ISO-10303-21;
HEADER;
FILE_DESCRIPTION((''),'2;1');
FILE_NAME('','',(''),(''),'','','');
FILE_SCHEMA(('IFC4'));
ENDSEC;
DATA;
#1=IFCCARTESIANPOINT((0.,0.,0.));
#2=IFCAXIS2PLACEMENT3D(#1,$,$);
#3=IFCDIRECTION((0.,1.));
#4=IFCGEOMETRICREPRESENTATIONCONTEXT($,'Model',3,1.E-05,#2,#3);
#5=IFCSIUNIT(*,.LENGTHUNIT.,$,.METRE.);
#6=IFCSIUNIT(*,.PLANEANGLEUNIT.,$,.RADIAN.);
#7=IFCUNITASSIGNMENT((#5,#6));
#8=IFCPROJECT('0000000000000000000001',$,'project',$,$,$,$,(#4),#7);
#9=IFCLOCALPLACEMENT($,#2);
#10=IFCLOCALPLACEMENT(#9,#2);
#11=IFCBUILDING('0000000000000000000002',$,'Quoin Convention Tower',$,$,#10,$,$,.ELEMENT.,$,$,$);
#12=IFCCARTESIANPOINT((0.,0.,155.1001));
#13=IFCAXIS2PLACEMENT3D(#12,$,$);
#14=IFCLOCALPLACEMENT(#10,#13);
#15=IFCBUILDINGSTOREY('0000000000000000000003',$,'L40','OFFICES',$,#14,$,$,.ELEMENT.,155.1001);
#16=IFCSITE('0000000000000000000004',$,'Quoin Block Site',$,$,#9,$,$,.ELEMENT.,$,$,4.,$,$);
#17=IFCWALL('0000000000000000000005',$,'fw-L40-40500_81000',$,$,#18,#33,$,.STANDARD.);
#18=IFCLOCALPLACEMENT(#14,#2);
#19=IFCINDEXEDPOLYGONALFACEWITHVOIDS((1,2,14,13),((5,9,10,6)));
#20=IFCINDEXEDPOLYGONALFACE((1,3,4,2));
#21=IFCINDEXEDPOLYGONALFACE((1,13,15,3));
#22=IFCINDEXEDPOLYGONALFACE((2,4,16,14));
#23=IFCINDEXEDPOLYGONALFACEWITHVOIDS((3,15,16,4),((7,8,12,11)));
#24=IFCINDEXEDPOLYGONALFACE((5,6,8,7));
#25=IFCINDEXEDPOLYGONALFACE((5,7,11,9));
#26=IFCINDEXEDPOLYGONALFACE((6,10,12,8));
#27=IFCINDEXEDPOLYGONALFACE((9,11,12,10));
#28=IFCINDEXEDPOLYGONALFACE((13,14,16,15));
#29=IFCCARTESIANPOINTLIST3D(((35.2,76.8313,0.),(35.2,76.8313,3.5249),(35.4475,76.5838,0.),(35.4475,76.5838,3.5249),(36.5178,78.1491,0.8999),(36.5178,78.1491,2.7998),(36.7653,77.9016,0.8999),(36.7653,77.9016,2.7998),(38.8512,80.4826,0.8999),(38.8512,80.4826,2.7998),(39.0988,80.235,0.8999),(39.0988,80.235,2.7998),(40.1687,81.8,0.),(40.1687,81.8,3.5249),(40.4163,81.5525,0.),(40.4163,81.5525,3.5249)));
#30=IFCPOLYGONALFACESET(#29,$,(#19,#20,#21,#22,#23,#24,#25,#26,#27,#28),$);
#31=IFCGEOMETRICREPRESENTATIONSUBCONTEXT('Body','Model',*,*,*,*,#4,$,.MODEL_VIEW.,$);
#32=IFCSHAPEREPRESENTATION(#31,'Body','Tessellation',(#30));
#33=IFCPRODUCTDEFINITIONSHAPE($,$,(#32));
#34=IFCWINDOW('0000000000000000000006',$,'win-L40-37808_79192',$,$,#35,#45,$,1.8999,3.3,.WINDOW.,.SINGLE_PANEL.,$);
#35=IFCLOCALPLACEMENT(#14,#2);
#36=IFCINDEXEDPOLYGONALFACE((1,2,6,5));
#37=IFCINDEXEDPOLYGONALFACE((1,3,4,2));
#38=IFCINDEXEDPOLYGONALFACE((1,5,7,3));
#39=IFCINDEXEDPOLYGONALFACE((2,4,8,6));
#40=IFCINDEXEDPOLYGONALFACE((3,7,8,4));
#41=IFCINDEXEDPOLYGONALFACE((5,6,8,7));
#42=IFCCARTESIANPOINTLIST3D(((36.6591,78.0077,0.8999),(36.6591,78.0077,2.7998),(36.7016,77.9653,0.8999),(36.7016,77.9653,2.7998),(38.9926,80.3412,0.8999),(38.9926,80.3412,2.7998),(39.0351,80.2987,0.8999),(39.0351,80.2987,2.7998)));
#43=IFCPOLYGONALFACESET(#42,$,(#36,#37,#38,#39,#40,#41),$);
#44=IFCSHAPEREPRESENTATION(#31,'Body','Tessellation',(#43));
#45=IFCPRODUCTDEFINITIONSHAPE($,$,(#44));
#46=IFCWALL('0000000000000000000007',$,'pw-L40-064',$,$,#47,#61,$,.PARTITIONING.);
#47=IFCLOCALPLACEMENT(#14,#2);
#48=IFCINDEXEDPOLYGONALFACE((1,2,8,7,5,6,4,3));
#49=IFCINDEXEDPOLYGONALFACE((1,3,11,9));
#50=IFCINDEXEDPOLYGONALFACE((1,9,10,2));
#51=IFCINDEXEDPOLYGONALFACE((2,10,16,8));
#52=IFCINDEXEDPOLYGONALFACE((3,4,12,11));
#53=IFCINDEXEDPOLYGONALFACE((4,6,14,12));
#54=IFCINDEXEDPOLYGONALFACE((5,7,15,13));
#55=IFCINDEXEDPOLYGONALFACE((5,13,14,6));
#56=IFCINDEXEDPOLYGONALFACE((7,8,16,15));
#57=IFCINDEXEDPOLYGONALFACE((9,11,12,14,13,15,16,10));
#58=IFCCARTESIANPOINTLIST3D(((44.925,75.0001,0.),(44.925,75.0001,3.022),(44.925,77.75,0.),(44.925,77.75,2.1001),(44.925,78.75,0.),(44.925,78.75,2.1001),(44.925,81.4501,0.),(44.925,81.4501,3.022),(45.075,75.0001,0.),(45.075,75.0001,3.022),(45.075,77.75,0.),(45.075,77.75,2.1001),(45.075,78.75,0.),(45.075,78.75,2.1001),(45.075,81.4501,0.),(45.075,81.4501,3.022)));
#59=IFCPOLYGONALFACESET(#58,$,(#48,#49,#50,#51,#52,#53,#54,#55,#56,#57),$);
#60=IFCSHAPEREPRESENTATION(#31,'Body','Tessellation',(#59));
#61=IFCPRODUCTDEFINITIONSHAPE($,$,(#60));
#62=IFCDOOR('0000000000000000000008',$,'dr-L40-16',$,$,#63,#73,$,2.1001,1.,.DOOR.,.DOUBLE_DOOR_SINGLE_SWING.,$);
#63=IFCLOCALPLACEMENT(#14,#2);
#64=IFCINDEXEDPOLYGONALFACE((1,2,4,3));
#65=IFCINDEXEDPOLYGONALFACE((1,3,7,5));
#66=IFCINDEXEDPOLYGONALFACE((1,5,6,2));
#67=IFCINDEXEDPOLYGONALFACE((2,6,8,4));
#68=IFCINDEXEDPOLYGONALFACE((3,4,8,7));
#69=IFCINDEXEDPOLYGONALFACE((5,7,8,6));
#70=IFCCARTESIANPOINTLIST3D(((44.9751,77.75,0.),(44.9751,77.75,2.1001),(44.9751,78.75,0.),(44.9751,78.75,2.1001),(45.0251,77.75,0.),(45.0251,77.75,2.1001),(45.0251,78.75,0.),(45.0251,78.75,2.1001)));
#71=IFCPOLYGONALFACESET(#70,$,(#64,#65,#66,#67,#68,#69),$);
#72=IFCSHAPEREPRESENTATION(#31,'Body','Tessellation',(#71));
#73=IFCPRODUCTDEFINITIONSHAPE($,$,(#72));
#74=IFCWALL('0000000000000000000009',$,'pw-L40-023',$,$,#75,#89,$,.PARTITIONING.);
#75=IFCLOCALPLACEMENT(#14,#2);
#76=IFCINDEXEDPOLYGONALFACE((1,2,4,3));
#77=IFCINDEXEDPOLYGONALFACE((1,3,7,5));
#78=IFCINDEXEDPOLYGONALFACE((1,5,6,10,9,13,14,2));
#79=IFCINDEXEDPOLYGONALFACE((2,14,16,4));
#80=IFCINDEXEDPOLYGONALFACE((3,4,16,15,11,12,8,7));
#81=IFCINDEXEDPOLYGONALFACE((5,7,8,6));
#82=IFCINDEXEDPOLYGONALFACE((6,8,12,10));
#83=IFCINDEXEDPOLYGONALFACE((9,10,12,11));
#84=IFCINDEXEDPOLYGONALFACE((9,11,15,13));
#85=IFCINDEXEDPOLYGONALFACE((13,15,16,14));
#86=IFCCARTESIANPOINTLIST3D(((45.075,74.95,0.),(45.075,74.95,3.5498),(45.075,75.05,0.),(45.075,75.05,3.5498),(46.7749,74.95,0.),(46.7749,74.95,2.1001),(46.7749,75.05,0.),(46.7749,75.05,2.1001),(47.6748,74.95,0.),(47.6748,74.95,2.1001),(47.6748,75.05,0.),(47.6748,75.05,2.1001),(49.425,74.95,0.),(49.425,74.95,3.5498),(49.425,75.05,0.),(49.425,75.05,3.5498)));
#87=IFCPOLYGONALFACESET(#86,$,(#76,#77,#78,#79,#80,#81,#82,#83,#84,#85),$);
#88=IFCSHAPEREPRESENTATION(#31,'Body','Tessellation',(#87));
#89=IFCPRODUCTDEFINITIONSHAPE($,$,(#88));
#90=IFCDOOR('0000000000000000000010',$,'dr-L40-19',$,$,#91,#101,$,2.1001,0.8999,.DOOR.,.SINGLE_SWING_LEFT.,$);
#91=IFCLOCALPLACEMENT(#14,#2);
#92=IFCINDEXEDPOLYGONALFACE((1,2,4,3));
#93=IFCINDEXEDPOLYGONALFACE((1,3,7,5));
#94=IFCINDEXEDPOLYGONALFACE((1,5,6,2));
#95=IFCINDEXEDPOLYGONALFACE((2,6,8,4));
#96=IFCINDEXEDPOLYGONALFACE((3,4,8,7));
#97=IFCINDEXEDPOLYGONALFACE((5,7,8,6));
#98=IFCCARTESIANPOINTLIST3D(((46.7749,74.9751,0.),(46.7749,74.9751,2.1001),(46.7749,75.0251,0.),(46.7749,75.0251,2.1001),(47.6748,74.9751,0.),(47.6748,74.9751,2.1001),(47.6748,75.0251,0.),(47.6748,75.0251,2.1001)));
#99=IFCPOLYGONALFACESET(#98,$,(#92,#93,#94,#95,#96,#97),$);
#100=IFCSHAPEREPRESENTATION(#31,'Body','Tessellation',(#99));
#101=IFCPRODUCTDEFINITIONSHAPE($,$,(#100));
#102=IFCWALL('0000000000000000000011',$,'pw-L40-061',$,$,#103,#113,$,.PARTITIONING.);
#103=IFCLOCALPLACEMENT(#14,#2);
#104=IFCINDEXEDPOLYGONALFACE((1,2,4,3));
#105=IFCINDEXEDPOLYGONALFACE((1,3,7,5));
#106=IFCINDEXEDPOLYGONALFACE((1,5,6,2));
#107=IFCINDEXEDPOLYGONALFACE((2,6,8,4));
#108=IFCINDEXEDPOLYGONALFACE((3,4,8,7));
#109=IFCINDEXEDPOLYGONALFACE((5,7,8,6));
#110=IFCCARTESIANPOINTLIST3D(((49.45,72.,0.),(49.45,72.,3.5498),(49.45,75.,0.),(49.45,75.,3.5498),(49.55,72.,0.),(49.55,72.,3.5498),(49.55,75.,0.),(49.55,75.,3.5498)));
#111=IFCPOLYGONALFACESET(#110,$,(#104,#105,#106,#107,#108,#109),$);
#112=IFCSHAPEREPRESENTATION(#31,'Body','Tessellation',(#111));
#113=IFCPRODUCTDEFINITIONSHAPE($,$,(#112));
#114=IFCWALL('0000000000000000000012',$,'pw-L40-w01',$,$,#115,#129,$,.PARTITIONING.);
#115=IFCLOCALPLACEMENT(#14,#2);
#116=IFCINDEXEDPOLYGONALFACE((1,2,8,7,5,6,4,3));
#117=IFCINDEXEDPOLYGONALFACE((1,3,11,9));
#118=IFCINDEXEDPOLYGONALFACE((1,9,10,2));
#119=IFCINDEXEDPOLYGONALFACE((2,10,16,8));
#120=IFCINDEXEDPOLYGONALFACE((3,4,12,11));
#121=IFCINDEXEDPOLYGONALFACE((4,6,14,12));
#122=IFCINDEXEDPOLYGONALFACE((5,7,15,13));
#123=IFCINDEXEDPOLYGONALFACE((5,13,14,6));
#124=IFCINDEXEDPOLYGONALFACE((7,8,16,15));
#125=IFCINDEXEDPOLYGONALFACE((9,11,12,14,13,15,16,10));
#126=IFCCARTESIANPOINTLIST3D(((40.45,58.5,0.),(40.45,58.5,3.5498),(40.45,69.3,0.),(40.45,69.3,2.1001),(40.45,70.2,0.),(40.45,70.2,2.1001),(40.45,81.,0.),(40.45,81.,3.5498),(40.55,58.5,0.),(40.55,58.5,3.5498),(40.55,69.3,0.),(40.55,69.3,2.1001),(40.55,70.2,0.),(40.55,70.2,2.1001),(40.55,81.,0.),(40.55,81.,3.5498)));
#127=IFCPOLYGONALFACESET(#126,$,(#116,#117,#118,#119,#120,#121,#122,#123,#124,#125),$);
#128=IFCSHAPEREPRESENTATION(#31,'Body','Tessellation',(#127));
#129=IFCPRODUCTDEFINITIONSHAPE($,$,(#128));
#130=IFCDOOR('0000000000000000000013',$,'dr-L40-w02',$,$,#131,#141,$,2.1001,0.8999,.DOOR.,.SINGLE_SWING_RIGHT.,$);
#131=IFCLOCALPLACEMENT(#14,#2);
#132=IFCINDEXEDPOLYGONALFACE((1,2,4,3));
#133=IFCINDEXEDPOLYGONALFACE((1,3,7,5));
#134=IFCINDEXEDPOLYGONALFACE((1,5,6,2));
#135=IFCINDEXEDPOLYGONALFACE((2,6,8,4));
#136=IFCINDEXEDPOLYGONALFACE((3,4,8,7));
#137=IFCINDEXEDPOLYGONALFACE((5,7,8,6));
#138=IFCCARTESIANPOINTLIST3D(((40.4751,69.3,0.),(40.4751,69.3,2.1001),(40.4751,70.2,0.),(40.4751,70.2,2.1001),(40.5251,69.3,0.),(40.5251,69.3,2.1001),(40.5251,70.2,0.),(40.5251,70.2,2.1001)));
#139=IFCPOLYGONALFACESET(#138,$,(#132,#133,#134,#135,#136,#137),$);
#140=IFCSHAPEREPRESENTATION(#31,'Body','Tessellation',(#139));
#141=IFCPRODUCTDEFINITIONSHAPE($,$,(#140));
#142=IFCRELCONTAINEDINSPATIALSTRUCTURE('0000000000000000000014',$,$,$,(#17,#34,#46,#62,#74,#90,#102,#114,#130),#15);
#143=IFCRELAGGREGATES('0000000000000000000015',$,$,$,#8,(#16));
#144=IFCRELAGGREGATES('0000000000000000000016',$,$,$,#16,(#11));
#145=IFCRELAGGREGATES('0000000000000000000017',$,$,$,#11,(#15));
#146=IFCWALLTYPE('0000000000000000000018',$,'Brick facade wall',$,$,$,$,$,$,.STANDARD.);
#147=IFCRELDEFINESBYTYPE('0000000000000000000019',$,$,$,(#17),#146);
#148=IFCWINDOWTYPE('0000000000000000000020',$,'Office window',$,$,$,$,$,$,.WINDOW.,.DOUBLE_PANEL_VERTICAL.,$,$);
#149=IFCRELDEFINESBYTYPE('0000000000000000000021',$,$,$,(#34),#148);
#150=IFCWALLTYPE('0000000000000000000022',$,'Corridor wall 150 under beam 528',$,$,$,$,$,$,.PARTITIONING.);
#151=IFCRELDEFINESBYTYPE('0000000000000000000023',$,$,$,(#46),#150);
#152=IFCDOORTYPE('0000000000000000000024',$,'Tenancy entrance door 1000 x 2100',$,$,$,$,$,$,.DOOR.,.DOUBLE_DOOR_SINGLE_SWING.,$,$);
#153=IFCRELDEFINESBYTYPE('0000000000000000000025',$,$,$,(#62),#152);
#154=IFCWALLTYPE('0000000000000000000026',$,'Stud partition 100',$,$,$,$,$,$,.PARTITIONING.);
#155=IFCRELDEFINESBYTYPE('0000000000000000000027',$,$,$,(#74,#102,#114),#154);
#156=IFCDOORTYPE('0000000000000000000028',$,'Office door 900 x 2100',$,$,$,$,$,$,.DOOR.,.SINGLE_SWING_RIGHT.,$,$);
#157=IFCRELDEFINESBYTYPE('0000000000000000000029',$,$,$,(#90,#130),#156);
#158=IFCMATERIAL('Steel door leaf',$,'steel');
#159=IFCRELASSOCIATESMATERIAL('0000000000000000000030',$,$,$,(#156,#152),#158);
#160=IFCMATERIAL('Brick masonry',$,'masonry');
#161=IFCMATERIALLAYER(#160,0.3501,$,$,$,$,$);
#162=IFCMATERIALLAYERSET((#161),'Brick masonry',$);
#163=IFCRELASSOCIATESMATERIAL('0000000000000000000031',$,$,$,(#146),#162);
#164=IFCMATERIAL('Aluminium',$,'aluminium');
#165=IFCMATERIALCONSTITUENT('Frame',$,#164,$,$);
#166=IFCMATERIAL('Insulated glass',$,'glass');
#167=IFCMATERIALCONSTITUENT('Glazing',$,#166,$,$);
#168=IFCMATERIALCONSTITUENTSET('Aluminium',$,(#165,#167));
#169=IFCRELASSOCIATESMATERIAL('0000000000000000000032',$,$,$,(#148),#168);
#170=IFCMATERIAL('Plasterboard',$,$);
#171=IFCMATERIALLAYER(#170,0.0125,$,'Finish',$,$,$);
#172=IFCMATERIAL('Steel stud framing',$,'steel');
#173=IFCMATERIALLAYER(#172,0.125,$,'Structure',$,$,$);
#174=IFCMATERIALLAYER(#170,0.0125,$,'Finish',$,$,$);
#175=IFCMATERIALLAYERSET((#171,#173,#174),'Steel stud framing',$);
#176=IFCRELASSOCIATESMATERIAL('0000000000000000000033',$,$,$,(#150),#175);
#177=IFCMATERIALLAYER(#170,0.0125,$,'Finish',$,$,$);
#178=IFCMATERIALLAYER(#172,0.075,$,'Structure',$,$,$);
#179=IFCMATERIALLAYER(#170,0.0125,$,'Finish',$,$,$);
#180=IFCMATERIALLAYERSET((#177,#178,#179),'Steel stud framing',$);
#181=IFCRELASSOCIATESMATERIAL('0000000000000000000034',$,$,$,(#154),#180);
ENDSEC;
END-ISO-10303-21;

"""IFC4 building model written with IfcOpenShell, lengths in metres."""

from ifc_helpers import new_model, si_unit, direction, frame, frame_2d, origin, place, context, subcontext, project, spatial, rectangle, extrude, material, layer, layer_set, constituent, constituent_set, type_object, element, fill, save


model = new_model("IFC4")

# Units and contexts
model_context = context("Model", 3, precision=1e-05, world=origin(), true_north=direction((0.0, 1.0)))
body_context = subcontext(model_context, "Body", "Model", "MODEL_VIEW")
ifc_project = project(units=[si_unit("LENGTHUNIT", "METRE"), si_unit("PLANEANGLEUNIT", "RADIAN")], contexts=[model_context])

# Site, building, storey
site_placement = place(None, origin())
site = spatial("IfcSite", under=ifc_project, at=site_placement, Name="Quoin Block Site", CompositionType="ELEMENT", RefElevation=4.0)
building_placement = place(site_placement, origin())
building = spatial("IfcBuilding", under=site, at=building_placement, Name="Quoin Convention Tower", CompositionType="ELEMENT")
storey_placement = place(building_placement, frame((0.0, 0.0, 155.1001)))
storey = spatial("IfcBuildingStorey", under=building, at=storey_placement, Name="L40", Description="OFFICES", CompositionType="ELEMENT", Elevation=155.1001)

# Shared definitions
ifc_material_1 = material(Name="Plasterboard")
ifc_material_2 = material(Name="Steel stud framing", Category="steel")
ifc_material_3 = material(Name="Steel door leaf", Category="steel")
door_type_1 = type_object("IfcDoorType", Name="Office door 900 x 2100", OperationType="SINGLE_SWING_RIGHT", PredefinedType="DOOR", material=ifc_material_3)

# Wall, opening, window
ifc_material_4 = material(Name="Brick masonry", Category="masonry")
ifc_layer_1 = layer(ifc_material_4, 0.3501)
ifc_layer_set_1 = layer_set([ifc_layer_1], Name="Brick masonry")
wall_type_1 = type_object("IfcWallType", Name="Brick facade wall", PredefinedType="STANDARD", material=ifc_layer_set_1)
wall_1_placement = place(storey_placement, frame((40.2925, 81.6763, 0.0), z_axis=(0.0, 0.0, 1.0), x_axis=(-0.707107, -0.707107, 0.0)))
wall_1 = element("IfcWall", 1, at=wall_1_placement, inside=storey, type_object=wall_type_1, Name="fw-L40-40500_81000", PredefinedType="STANDARD", context=body_context, shape_type="SweptSolid", body=[
    extrude(rectangle(XDim=7.0269, YDim=0.3501, at=frame_2d((3.5134, 0.0))), origin(), (0.0, 0.0, 1.0), 3.5249),
])
opening_1_placement = place(wall_1_placement, frame((1.8633, 0.0, 0.8999)))
opening_1 = element("IfcOpeningElement", 2, at=opening_1_placement, cuts=wall_1, PredefinedType="OPENING", context=body_context, shape_type="SweptSolid", body=[
    extrude(rectangle(XDim=3.3, YDim=1.8999, at=frame_2d((1.6499, 0.95))), frame((0.0, 0.1851, 0.0), z_axis=(0.0, -1.0, 0.0), x_axis=(1.0, 0.0, 0.0)), (0.0, 0.0, 1.0), 0.3701),
])
ifc_material_5 = material(Name="Aluminium", Category="aluminium")
ifc_constituent_1 = constituent(ifc_material_5, Name="Frame")
ifc_material_6 = material(Name="Insulated glass", Category="glass")
ifc_constituent_2 = constituent(ifc_material_6, Name="Glazing")
ifc_constituent_set = constituent_set(constituents=[ifc_constituent_1, ifc_constituent_2], Name="Aluminium")
window_type = type_object("IfcWindowType", Name="Office window", PartitioningType="DOUBLE_PANEL_VERTICAL", PredefinedType="WINDOW", material=ifc_constituent_set)
window_placement = place(opening_1_placement, origin())
window = element("IfcWindow", 3, at=window_placement, inside=storey, type_object=window_type, Name="win-L40-37808_79192", OverallHeight=1.8999, OverallWidth=3.3, PartitioningType="SINGLE_PANEL", PredefinedType="WINDOW", context=body_context, shape_type="SweptSolid", body=[
    extrude(rectangle(XDim=3.3, YDim=1.8999, at=frame_2d((1.6499, 0.95))), frame((0.0, 0.085, 0.0), z_axis=(0.0, -1.0, 0.0), x_axis=(1.0, 0.0, 0.0)), (0.0, 0.0, 1.0), 0.0601),
])
fill(opening_1, window)

# Walls, openings, doors
ifc_layer_2 = layer(ifc_material_1, 0.0125, Name="Finish")
ifc_layer_3 = layer(ifc_material_2, 0.125, Name="Structure")
ifc_layer_4 = layer(ifc_material_1, 0.0125, Name="Finish")
ifc_layer_set_2 = layer_set([ifc_layer_2, ifc_layer_3, ifc_layer_4], Name="Steel stud framing")
wall_type_2 = type_object("IfcWallType", Name="Corridor wall 150 under beam 528", PredefinedType="PARTITIONING", material=ifc_layer_set_2)
wall_2_placement = place(storey_placement, frame((45.0, 75.0, 0.0), z_axis=(0.0, 0.0, 1.0), x_axis=(0.0, 1.0, 0.0)))
wall_2 = element("IfcWall", 4, at=wall_2_placement, inside=storey, type_object=wall_type_2, Name="pw-L40-064", PredefinedType="PARTITIONING", context=body_context, shape_type="SweptSolid", body=[
    extrude(rectangle(XDim=6.45, YDim=0.1499, at=frame_2d((3.2251, 0.0))), origin(), (0.0, 0.0, 1.0), 3.022),
])
opening_2_placement = place(wall_2_placement, frame((2.75, 0.0, 0.0)))
opening_2 = element("IfcOpeningElement", 5, at=opening_2_placement, cuts=wall_2, PredefinedType="OPENING", context=body_context, shape_type="SweptSolid", body=[
    extrude(rectangle(XDim=1.0, YDim=2.1001, at=frame_2d((0.5, 1.05))), frame((0.0, 0.085, 0.0), z_axis=(0.0, -1.0, 0.0), x_axis=(1.0, 0.0, 0.0)), (0.0, 0.0, 1.0), 0.1699),
])
door_type_2 = type_object("IfcDoorType", Name="Tenancy entrance door 1000 x 2100", OperationType="DOUBLE_DOOR_SINGLE_SWING", PredefinedType="DOOR", material=ifc_material_3)
door_1_placement = place(opening_2_placement, origin())
door_1 = element("IfcDoor", 6, at=door_1_placement, inside=storey, type_object=door_type_2, Name="dr-L40-16", OperationType="DOUBLE_DOOR_SINGLE_SWING", OverallHeight=2.1001, OverallWidth=1.0, PredefinedType="DOOR", context=body_context, shape_type="SweptSolid", body=[
    extrude(rectangle(XDim=1.0, YDim=2.1001, at=frame_2d((0.5, 1.05))), frame((0.0, 0.0249, 0.0), z_axis=(0.0, -1.0, 0.0), x_axis=(1.0, 0.0, 0.0)), (0.0, 0.0, 1.0), 0.05),
])
fill(opening_2, door_1)
ifc_layer_5 = layer(ifc_material_1, 0.0125, Name="Finish")
ifc_layer_6 = layer(ifc_material_2, 0.075, Name="Structure")
ifc_layer_7 = layer(ifc_material_1, 0.0125, Name="Finish")
ifc_layer_set_3 = layer_set([ifc_layer_5, ifc_layer_6, ifc_layer_7], Name="Steel stud framing")
wall_type_3 = type_object("IfcWallType", Name="Stud partition 100", PredefinedType="PARTITIONING", material=ifc_layer_set_3)
wall_3_placement = place(storey_placement, frame((45.075, 75.0, 0.0), z_axis=(0.0, 0.0, 1.0), x_axis=(1.0, 0.0, 0.0)))
wall_3 = element("IfcWall", 7, at=wall_3_placement, inside=storey, type_object=wall_type_3, Name="pw-L40-023", PredefinedType="PARTITIONING", context=body_context, shape_type="SweptSolid", body=[
    extrude(rectangle(XDim=4.3501, YDim=0.1001, at=frame_2d((2.175, 0.0))), origin(), (0.0, 0.0, 1.0), 3.5498),
])
opening_3_placement = place(wall_3_placement, frame((1.7, 0.0, 0.0)))
opening_3 = element("IfcOpeningElement", 8, at=opening_3_placement, cuts=wall_3, PredefinedType="OPENING", context=body_context, shape_type="SweptSolid", body=[
    extrude(rectangle(XDim=0.8999, YDim=2.1001, at=frame_2d((0.45, 1.05))), frame((0.0, 0.0601, 0.0), z_axis=(0.0, -1.0, 0.0), x_axis=(1.0, 0.0, 0.0)), (0.0, 0.0, 1.0), 0.1201),
])
door_2_placement = place(opening_3_placement, frame((0.8999, 0.0, 0.0), z_axis=(0.0, 0.0, 1.0), x_axis=(-1.0, 0.0, 0.0)))
door_2 = element("IfcDoor", 9, at=door_2_placement, inside=storey, type_object=door_type_1, Name="dr-L40-19", OperationType="SINGLE_SWING_LEFT", OverallHeight=2.1001, OverallWidth=0.8999, PredefinedType="DOOR", context=body_context, shape_type="SweptSolid", body=[
    extrude(rectangle(XDim=0.8999, YDim=2.1001, at=frame_2d((0.45, 1.05))), frame((0.0, 0.0249, 0.0), z_axis=(0.0, -1.0, 0.0), x_axis=(1.0, 0.0, 0.0)), (0.0, 0.0, 1.0), 0.05),
])
fill(opening_3, door_2)

# Wall
wall_4_placement = place(storey_placement, frame((49.5, 72.0, 0.0), z_axis=(0.0, 0.0, 1.0), x_axis=(0.0, 1.0, 0.0)))
element("IfcWall", 10, at=wall_4_placement, inside=storey, type_object=wall_type_3, Name="pw-L40-061", PredefinedType="PARTITIONING", context=body_context, shape_type="SweptSolid", body=[
    extrude(rectangle(XDim=3.0, YDim=0.1001, at=frame_2d((1.5, 0.0))), origin(), (0.0, 0.0, 1.0), 3.5498),
])

# Wall, opening, door
wall_5_placement = place(storey_placement, frame((40.5, 81.0, 0.0), z_axis=(0.0, 0.0, 1.0), x_axis=(0.0, -1.0, 0.0)))
wall_5 = element("IfcWall", 11, at=wall_5_placement, inside=storey, type_object=wall_type_3, Name="pw-L40-w01", PredefinedType="PARTITIONING", context=body_context, shape_type="SweptSolid", body=[
    extrude(rectangle(XDim=22.5, YDim=0.1001, at=frame_2d((11.25, 0.0))), origin(), (0.0, 0.0, 1.0), 3.5498),
])
opening_4_placement = place(wall_5_placement, frame((10.8, 0.0, 0.0)))
opening_4 = element("IfcOpeningElement", 12, at=opening_4_placement, cuts=wall_5, PredefinedType="OPENING", context=body_context, shape_type="SweptSolid", body=[
    extrude(rectangle(XDim=0.8999, YDim=2.1001, at=frame_2d((0.45, 1.05))), frame((0.0, 0.0601, 0.0), z_axis=(0.0, -1.0, 0.0), x_axis=(1.0, 0.0, 0.0)), (0.0, 0.0, 1.0), 0.1201),
])
door_3_placement = place(opening_4_placement, frame((0.8999, 0.0, 0.0), z_axis=(0.0, 0.0, 1.0), x_axis=(-1.0, 0.0, 0.0)))
door_3 = element("IfcDoor", 13, at=door_3_placement, inside=storey, type_object=door_type_1, Name="dr-L40-w02", OperationType="SINGLE_SWING_RIGHT", OverallHeight=2.1001, OverallWidth=0.8999, PredefinedType="DOOR", context=body_context, shape_type="SweptSolid", body=[
    extrude(rectangle(XDim=0.8999, YDim=2.1001, at=frame_2d((0.45, 1.05))), frame((0.0, 0.0249, 0.0), z_axis=(0.0, -1.0, 0.0), x_axis=(1.0, 0.0, 0.0)), (0.0, 0.0, 1.0), 0.05),
])
fill(opening_4, door_3)

save(model, "model.ifc")
